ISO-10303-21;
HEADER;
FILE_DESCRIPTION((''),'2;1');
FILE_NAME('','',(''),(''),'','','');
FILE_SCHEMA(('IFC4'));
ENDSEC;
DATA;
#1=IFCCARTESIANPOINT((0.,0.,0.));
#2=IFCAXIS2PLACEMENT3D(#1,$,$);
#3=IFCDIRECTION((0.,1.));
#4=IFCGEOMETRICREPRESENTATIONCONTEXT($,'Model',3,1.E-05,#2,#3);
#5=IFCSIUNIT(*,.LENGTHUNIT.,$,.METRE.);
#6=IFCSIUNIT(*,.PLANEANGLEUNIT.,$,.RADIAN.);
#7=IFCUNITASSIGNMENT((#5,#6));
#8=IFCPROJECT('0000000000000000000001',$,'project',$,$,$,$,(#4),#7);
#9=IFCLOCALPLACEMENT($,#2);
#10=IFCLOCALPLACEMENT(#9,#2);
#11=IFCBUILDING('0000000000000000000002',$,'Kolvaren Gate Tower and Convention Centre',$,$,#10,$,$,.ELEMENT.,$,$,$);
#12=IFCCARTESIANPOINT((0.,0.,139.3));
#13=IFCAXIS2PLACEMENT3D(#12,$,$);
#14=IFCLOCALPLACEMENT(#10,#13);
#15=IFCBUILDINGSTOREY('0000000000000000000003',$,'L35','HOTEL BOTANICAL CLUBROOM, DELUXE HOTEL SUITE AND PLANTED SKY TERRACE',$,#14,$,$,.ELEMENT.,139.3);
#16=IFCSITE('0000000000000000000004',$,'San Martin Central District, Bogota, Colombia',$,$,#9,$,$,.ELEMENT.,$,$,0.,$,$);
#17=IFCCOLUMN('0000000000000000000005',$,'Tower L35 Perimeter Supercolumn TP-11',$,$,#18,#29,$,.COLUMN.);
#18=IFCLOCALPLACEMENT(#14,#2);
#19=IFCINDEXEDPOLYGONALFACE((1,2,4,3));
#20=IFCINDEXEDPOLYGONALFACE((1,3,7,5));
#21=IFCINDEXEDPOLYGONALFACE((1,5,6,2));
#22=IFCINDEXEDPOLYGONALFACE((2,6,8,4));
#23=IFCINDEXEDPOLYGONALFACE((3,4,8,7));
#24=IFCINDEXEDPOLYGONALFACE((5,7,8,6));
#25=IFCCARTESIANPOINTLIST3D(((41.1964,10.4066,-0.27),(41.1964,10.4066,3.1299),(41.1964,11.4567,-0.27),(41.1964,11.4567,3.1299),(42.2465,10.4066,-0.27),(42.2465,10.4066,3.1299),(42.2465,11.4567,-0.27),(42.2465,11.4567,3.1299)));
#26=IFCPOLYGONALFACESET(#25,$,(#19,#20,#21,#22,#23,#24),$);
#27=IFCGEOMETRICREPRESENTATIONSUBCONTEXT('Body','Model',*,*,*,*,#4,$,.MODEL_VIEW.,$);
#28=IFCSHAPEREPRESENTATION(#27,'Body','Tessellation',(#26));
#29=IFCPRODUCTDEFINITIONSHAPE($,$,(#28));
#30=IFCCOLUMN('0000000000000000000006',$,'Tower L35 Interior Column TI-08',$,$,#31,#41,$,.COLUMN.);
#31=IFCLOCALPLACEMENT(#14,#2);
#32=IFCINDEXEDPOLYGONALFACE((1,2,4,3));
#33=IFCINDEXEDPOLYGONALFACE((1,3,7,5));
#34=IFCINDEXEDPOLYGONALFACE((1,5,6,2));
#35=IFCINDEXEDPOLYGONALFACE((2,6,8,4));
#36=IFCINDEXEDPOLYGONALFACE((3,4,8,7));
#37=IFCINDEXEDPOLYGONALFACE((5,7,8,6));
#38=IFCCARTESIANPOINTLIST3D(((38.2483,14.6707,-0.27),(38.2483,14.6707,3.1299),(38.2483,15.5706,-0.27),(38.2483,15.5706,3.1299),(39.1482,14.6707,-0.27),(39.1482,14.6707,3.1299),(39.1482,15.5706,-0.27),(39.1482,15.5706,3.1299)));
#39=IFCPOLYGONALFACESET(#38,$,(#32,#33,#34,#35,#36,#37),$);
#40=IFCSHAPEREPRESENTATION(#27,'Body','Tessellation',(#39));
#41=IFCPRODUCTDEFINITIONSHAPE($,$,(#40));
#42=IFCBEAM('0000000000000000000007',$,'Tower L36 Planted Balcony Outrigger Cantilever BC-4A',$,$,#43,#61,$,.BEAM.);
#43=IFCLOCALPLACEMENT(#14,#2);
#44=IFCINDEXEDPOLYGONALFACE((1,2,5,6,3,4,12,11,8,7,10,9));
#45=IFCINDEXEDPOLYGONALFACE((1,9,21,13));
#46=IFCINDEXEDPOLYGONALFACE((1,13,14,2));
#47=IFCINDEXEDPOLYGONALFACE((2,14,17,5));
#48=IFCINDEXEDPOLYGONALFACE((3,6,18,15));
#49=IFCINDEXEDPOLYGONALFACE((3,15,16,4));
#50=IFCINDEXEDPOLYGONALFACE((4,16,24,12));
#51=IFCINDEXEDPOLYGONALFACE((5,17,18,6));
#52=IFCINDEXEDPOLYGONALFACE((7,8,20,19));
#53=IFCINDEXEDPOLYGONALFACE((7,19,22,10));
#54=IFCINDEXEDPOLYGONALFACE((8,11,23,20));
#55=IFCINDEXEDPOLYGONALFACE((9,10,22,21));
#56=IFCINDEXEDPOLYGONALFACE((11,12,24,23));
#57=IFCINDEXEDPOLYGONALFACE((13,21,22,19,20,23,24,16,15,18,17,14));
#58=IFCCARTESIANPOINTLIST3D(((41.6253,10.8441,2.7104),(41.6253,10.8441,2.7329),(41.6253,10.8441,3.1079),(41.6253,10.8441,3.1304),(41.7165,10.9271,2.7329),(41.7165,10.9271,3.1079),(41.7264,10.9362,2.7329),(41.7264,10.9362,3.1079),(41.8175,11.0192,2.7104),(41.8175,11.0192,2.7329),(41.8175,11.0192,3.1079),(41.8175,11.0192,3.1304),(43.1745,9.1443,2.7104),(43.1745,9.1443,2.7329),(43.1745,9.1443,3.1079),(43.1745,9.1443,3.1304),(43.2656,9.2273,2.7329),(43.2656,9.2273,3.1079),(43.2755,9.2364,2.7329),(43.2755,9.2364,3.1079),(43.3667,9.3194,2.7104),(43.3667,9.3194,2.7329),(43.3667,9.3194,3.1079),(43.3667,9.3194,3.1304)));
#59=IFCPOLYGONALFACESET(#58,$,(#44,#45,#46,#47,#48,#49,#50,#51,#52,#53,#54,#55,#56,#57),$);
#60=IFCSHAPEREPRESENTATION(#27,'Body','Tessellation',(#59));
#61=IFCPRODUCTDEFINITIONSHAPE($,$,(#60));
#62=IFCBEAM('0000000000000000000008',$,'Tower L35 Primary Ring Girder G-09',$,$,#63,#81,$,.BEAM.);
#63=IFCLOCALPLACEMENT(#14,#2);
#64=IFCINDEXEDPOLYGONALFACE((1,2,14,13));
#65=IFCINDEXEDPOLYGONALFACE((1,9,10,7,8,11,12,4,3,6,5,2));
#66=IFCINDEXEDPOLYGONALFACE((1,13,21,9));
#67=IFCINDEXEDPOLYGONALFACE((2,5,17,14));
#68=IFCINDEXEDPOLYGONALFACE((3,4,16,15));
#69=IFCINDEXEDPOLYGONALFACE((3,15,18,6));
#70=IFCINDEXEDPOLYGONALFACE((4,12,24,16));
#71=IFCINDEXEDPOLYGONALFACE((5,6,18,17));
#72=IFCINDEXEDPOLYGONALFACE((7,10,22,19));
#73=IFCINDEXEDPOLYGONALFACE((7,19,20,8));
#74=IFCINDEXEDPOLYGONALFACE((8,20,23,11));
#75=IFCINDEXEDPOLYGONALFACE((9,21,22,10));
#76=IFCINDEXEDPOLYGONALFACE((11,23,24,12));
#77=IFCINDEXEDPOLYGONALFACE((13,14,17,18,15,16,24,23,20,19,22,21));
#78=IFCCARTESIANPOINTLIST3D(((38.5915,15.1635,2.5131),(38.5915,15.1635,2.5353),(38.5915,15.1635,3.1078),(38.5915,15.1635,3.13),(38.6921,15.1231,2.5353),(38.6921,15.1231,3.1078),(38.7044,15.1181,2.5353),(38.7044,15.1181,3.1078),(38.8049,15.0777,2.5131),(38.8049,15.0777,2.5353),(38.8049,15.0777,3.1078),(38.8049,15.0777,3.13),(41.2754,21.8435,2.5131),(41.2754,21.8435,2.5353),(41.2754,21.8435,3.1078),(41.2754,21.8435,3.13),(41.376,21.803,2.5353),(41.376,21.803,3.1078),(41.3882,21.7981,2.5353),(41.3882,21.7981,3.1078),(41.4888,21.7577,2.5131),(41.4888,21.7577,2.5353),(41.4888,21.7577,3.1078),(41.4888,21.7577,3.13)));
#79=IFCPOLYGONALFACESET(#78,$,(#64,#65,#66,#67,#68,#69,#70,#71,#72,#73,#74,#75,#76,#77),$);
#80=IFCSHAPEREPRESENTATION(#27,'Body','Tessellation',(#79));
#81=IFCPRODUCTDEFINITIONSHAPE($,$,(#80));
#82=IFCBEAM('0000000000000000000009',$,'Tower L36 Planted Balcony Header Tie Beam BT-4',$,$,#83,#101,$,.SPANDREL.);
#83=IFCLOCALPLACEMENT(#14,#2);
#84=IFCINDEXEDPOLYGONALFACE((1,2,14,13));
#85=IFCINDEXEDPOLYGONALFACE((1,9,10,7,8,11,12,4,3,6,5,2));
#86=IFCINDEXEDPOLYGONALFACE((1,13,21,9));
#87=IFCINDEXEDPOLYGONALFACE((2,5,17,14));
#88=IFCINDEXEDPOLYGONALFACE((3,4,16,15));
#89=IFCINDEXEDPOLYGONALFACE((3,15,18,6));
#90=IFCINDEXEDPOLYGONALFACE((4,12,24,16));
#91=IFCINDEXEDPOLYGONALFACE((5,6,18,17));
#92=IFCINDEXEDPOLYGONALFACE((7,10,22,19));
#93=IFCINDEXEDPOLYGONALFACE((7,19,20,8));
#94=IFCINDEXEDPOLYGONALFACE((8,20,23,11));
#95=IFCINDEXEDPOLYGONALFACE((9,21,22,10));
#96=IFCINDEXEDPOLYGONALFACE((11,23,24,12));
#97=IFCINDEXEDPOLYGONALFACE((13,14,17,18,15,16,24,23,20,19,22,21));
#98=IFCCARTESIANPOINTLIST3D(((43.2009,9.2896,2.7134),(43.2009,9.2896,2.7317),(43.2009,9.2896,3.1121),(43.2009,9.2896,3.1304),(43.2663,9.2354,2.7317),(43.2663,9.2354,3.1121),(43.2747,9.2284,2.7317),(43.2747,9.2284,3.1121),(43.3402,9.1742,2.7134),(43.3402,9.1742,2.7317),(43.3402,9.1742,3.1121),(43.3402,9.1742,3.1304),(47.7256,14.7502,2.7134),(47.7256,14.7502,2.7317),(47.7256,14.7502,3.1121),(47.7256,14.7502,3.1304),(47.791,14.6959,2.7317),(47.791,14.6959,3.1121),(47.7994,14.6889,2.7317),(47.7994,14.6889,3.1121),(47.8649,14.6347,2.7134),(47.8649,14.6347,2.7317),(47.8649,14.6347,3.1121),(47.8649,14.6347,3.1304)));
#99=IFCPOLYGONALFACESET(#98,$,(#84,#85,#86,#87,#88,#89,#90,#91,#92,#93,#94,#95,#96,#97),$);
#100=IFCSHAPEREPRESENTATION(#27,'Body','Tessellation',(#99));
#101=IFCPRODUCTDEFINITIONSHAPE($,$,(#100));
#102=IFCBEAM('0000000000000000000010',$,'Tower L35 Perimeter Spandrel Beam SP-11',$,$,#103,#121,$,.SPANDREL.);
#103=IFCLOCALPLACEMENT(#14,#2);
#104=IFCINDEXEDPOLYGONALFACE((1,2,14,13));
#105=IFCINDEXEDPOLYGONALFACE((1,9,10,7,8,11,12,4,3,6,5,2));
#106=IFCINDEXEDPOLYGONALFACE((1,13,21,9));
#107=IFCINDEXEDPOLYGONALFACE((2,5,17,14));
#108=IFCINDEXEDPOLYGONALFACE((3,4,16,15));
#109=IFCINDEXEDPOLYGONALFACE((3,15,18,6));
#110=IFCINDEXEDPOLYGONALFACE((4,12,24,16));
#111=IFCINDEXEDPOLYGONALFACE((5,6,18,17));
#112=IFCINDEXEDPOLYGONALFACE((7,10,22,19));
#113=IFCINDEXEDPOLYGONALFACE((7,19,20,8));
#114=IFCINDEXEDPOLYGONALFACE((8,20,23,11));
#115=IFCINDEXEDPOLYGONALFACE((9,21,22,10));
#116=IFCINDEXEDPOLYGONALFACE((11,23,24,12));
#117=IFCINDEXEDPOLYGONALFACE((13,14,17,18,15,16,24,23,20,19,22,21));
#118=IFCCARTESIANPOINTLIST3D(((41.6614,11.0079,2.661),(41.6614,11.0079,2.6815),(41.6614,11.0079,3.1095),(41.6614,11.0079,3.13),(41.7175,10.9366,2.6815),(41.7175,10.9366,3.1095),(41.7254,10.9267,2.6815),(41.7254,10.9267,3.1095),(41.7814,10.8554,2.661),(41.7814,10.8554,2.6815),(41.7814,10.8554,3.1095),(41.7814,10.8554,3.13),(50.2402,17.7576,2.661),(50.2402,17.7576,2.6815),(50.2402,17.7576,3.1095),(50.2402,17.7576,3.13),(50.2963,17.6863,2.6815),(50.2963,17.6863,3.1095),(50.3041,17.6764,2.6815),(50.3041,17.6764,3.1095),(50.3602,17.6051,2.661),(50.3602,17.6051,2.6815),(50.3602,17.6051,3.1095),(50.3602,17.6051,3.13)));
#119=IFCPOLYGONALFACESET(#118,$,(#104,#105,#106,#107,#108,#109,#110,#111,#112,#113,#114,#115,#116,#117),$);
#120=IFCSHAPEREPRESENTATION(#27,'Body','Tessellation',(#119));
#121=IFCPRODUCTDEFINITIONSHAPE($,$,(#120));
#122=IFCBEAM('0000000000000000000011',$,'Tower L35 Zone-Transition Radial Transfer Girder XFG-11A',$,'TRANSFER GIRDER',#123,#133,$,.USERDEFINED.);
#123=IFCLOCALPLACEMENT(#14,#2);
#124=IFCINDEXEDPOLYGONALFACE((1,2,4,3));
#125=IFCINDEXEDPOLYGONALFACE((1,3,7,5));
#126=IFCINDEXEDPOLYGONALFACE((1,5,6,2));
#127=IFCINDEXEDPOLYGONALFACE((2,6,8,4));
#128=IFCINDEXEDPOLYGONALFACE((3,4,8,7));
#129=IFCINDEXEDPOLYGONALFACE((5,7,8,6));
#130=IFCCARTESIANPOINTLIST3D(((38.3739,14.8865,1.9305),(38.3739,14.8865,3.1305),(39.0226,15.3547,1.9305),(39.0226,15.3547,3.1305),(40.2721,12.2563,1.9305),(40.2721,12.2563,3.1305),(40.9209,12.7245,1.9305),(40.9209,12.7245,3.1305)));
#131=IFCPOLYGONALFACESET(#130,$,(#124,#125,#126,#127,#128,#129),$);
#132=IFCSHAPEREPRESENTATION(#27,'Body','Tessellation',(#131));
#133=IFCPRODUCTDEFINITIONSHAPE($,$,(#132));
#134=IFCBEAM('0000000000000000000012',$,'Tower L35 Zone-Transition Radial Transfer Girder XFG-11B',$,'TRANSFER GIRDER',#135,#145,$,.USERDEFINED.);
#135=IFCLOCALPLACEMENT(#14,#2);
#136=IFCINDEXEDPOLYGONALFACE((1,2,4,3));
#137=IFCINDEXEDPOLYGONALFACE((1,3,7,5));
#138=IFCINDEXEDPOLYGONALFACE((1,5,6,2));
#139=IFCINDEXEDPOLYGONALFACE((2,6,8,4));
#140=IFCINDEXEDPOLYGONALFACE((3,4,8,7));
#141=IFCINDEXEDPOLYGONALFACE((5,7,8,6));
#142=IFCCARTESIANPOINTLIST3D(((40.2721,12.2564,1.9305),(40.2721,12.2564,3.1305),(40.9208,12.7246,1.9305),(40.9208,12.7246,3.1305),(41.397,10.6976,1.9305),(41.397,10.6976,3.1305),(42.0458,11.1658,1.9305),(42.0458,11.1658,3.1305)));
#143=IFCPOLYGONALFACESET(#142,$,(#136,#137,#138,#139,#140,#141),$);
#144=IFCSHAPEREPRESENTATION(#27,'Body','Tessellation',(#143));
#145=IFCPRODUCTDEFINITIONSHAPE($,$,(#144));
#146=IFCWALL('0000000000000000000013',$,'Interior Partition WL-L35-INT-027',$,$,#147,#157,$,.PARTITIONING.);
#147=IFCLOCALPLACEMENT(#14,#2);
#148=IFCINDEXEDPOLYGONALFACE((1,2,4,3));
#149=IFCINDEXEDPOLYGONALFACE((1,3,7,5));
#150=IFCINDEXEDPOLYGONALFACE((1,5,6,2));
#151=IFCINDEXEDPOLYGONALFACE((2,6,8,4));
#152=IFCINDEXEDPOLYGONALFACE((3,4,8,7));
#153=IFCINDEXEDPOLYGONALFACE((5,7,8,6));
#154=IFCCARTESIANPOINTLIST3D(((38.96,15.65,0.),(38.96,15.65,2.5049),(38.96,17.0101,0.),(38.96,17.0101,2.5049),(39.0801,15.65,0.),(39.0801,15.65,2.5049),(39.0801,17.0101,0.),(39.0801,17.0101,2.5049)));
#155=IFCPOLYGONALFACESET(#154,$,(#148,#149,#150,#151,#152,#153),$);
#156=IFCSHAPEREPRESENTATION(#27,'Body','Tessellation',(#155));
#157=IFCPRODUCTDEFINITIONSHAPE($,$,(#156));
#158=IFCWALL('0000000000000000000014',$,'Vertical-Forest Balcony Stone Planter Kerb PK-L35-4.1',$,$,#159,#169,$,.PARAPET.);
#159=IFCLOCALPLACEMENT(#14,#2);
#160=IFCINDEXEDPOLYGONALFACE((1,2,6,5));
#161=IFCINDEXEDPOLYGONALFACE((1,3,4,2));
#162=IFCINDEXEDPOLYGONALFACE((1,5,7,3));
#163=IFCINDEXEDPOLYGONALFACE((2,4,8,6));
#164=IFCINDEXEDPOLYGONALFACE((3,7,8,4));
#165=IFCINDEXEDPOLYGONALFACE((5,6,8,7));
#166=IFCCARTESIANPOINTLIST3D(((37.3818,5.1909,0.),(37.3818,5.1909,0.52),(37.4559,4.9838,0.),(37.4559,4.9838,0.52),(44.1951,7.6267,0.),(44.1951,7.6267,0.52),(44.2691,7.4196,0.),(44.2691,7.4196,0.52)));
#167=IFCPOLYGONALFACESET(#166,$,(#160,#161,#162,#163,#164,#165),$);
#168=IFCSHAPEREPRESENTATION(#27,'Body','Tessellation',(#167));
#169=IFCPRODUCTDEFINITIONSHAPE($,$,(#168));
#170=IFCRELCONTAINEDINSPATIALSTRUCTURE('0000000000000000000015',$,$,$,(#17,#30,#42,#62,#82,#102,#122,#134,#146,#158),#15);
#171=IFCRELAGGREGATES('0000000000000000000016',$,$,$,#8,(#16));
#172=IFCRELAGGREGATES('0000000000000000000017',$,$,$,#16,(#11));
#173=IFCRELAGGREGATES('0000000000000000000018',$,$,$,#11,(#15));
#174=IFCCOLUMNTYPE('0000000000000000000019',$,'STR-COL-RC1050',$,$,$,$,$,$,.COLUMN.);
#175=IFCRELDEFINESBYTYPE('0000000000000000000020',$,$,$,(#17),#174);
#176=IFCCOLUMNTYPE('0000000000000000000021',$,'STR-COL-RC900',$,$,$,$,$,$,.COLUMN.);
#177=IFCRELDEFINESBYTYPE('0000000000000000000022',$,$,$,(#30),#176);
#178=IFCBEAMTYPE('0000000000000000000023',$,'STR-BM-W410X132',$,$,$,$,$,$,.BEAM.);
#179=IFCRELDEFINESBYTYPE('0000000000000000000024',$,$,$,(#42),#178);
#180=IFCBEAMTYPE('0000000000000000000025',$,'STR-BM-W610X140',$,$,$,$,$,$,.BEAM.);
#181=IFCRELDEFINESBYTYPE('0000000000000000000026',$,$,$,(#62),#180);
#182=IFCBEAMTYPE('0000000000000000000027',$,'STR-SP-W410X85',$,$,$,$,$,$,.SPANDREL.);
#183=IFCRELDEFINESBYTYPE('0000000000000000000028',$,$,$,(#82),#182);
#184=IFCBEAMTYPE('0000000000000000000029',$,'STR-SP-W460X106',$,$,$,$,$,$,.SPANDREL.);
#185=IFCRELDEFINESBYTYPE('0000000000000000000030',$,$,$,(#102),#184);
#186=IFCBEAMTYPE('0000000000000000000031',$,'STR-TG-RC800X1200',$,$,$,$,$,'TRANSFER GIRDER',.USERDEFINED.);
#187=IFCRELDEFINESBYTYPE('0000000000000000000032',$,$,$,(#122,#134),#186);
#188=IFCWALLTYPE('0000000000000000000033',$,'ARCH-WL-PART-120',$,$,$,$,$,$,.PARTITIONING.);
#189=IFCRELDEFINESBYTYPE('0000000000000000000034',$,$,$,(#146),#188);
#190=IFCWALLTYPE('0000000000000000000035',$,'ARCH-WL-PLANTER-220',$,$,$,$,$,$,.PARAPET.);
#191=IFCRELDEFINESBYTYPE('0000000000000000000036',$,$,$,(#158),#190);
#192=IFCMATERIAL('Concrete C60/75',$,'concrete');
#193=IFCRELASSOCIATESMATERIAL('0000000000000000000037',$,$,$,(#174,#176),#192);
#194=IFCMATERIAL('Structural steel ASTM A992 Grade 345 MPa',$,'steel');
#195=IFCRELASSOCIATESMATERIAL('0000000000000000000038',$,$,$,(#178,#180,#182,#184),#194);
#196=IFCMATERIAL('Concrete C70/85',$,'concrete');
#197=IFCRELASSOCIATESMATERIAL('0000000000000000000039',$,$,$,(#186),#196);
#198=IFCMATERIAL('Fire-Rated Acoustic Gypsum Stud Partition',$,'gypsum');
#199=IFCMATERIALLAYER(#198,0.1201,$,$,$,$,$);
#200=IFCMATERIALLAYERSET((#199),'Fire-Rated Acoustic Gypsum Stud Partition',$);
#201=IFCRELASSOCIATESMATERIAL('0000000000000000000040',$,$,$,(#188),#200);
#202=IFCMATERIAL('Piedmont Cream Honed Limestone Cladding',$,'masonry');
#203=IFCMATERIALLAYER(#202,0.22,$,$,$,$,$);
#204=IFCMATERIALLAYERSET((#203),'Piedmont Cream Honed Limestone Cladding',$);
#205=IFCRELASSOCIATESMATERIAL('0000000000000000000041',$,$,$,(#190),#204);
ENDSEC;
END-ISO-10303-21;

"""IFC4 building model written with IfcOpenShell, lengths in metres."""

from ifc_helpers import new_model, si_unit, direction, frame, frame_2d, origin, origin_2d, place, context, subcontext, project, spatial, rectangle, i_section, extrude, material, layer, layer_set, material_profile, profile_set, type_object, element, save


model = new_model("IFC4")

# Units and contexts
model_context = context("Model", 3, precision=1e-05, world=origin(), true_north=direction((0.0, 1.0)))
body_context = subcontext(model_context, "Body", "Model", "MODEL_VIEW")
ifc_project = project(units=[si_unit("LENGTHUNIT", "METRE"), si_unit("PLANEANGLEUNIT", "RADIAN")], contexts=[model_context])

# Site, building, storey
site_placement = place(None, origin())
site = spatial("IfcSite", under=ifc_project, at=site_placement, Name="San Martin Central District, Bogota, Colombia", CompositionType="ELEMENT", RefElevation=0.0)
building_placement = place(site_placement, origin())
building = spatial("IfcBuilding", under=site, at=building_placement, Name="Kolvaren Gate Tower and Convention Centre", CompositionType="ELEMENT")
storey_placement = place(building_placement, frame((0.0, 0.0, 139.3)))
storey = spatial("IfcBuildingStorey", under=building, at=storey_placement, Name="L35", Description="HOTEL BOTANICAL CLUBROOM, DELUXE HOTEL SUITE AND PLANTED SKY TERRACE", CompositionType="ELEMENT", Elevation=139.3)

# Columns
ifc_material_1 = material(Name="Concrete C60/75", Category="concrete")
ifc_material_profile_1 = material_profile(ifc_material_1, rectangle(XDim=1.05, YDim=1.05, at=origin_2d()), Name="RC-COL-1050X1050")
ifc_profile_set_1 = profile_set([ifc_material_profile_1], Name="Concrete C60/75")
column_type_1 = type_object("IfcColumnType", Name="STR-COL-RC1050", PredefinedType="COLUMN", material=ifc_profile_set_1)
column_1_placement = place(storey_placement, frame((41.7214, 10.9316, -0.27), z_axis=(0.0, 0.0, 1.0), x_axis=(1.0, 0.0, 0.0)))
element("IfcColumn", 1, at=column_1_placement, inside=storey, type_object=column_type_1, Name="Tower L35 Perimeter Supercolumn TP-11", PredefinedType="COLUMN", context=body_context, shape_type="SweptSolid", body=[
    extrude(rectangle(XDim=1.05, YDim=1.05, at=origin_2d()), origin(), (0.0, 0.0, 1.0), 3.3999),
])
ifc_material_profile_2 = material_profile(ifc_material_1, rectangle(XDim=0.8999, YDim=0.8999, at=origin_2d()), Name="RC-COL-900X900")
ifc_profile_set_2 = profile_set([ifc_material_profile_2], Name="Concrete C60/75")
column_type_2 = type_object("IfcColumnType", Name="STR-COL-RC900", PredefinedType="COLUMN", material=ifc_profile_set_2)
column_2_placement = place(storey_placement, frame((38.6982, 15.1206, -0.27), z_axis=(0.0, 0.0, 1.0), x_axis=(1.0, 0.0, 0.0)))
element("IfcColumn", 2, at=column_2_placement, inside=storey, type_object=column_type_2, Name="Tower L35 Interior Column TI-08", PredefinedType="COLUMN", context=body_context, shape_type="SweptSolid", body=[
    extrude(rectangle(XDim=0.8999, YDim=0.8999, at=origin_2d()), origin(), (0.0, 0.0, 1.0), 3.3999),
])

# Beams
ifc_material_2 = material(Name="Structural steel ASTM A992 Grade 345 MPa", Category="steel")
ifc_material_profile_3 = material_profile(ifc_material_2, i_section(OverallWidth=0.26, OverallDepth=0.4199, WebThickness=0.0134, FlangeThickness=0.0225, at=origin_2d()), Name="W410X132")
ifc_profile_set_3 = profile_set([ifc_material_profile_3], Name="Structural steel ASTM A992 Grade 345 MPa")
beam_type_1 = type_object("IfcBeamType", Name="STR-BM-W410X132", PredefinedType="BEAM", material=ifc_profile_set_3)
beam_1_placement = place(storey_placement, frame((41.7214, 10.9316, 2.9204), z_axis=(0.673597, -0.739099, 0.0), x_axis=(0.739099, 0.673597, 0.0)))
element("IfcBeam", 3, at=beam_1_placement, inside=storey, type_object=beam_type_1, Name="Tower L36 Planted Balcony Outrigger Cantilever BC-4A", PredefinedType="BEAM", context=body_context, shape_type="SweptSolid", body=[
    extrude(i_section(OverallWidth=0.26, OverallDepth=0.4199, WebThickness=0.0134, FlangeThickness=0.0225, at=origin_2d()), origin(), (0.0, 0.0, 1.0), 2.2998),
])
ifc_material_profile_4 = material_profile(ifc_material_2, i_section(OverallWidth=0.23, OverallDepth=0.6169, WebThickness=0.0132, FlangeThickness=0.0222, at=origin_2d()), Name="W610X140")
ifc_profile_set_4 = profile_set([ifc_material_profile_4], Name="Structural steel ASTM A992 Grade 345 MPa")
beam_type_2 = type_object("IfcBeamType", Name="STR-BM-W610X140", PredefinedType="BEAM", material=ifc_profile_set_4)
beam_2_placement = place(storey_placement, frame((38.6982, 15.1206, 2.8215), z_axis=(0.372811, 0.927907, 0.0), x_axis=(-0.927907, 0.372811, 0.0)))
element("IfcBeam", 4, at=beam_2_placement, inside=storey, type_object=beam_type_2, Name="Tower L35 Primary Ring Girder G-09", PredefinedType="BEAM", context=body_context, shape_type="SweptSolid", body=[
    extrude(i_section(OverallWidth=0.23, OverallDepth=0.6169, WebThickness=0.0132, FlangeThickness=0.0222, at=origin_2d()), origin(), (0.0, 0.0, 1.0), 7.199),
])
ifc_material_profile_5 = material_profile(ifc_material_2, i_section(OverallWidth=0.1809, OverallDepth=0.417, WebThickness=0.011, FlangeThickness=0.0183, at=origin_2d()), Name="W410X85")
ifc_profile_set_5 = profile_set([ifc_material_profile_5], Name="Structural steel ASTM A992 Grade 345 MPa")
beam_type_3 = type_object("IfcBeamType", Name="STR-SP-W410X85", PredefinedType="SPANDREL", material=ifc_profile_set_5)
beam_3_placement = place(storey_placement, frame((43.2705, 9.2319, 2.9219), z_axis=(0.638042, 0.770002, 0.0), x_axis=(-0.770002, 0.638042, 0.0)))
element("IfcBeam", 5, at=beam_3_placement, inside=storey, type_object=beam_type_3, Name="Tower L36 Planted Balcony Header Tie Beam BT-4", PredefinedType="SPANDREL", context=body_context, shape_type="SweptSolid", body=[
    extrude(i_section(OverallWidth=0.1809, OverallDepth=0.417, WebThickness=0.011, FlangeThickness=0.0183, at=origin_2d()), origin(), (0.0, 0.0, 1.0), 7.0916),
])
ifc_material_profile_6 = material_profile(ifc_material_2, i_section(OverallWidth=0.1941, OverallDepth=0.469, WebThickness=0.0127, FlangeThickness=0.0205, at=origin_2d()), Name="W460X106")
ifc_profile_set_6 = profile_set([ifc_material_profile_6], Name="Structural steel ASTM A992 Grade 345 MPa")
beam_type_4 = type_object("IfcBeamType", Name="STR-SP-W460X106", PredefinedType="SPANDREL", material=ifc_profile_set_6)
beam_4_placement = place(storey_placement, frame((41.7214, 10.9316, 2.8955), z_axis=(0.785908, 0.618344, 0.0), x_axis=(-0.618344, 0.785908, 0.0)))
element("IfcBeam", 6, at=beam_4_placement, inside=storey, type_object=beam_type_4, Name="Tower L35 Perimeter Spandrel Beam SP-11", PredefinedType="SPANDREL", context=body_context, shape_type="SweptSolid", body=[
    extrude(i_section(OverallWidth=0.1941, OverallDepth=0.469, WebThickness=0.0127, FlangeThickness=0.0205, at=origin_2d()), origin(), (0.0, 0.0, 1.0), 10.9158),
])
ifc_material_3 = material(Name="Concrete C70/85", Category="concrete")
ifc_material_profile_7 = material_profile(ifc_material_3, rectangle(XDim=0.8, YDim=1.2, at=origin_2d()), Name="RC-BM-800X1200")
ifc_profile_set_7 = profile_set([ifc_material_profile_7], Name="Concrete C70/85")
beam_type_5 = type_object("IfcBeamType", Name="STR-TG-RC800X1200", ElementType="TRANSFER GIRDER", PredefinedType="USERDEFINED", material=ifc_profile_set_7)
beam_5_placement = place(storey_placement, frame((38.6982, 15.1206, 2.5305), z_axis=(0.585218, -0.810876, 0.0), x_axis=(0.810876, 0.585218, 0.0)))
element("IfcBeam", 7, at=beam_5_placement, inside=storey, type_object=beam_type_5, Name="Tower L35 Zone-Transition Radial Transfer Girder XFG-11A", ObjectType="TRANSFER GIRDER", PredefinedType="USERDEFINED", context=body_context, shape_type="SweptSolid", body=[
    extrude(rectangle(XDim=0.8, YDim=1.2, at=origin_2d()), origin(), (0.0, 0.0, 1.0), 3.2437),
])
beam_6_placement = place(storey_placement, frame((40.5964, 12.4905, 2.5305), z_axis=(0.585208, -0.810883, 0.0), x_axis=(0.810883, 0.585208, 0.0)))
element("IfcBeam", 8, at=beam_6_placement, inside=storey, type_object=beam_type_5, Name="Tower L35 Zone-Transition Radial Transfer Girder XFG-11B", ObjectType="TRANSFER GIRDER", PredefinedType="USERDEFINED", context=body_context, shape_type="SweptSolid", body=[
    extrude(rectangle(XDim=0.8, YDim=1.2, at=origin_2d()), origin(), (0.0, 0.0, 1.0), 1.9224),
])

# Walls
ifc_material_4 = material(Name="Fire-Rated Acoustic Gypsum Stud Partition", Category="gypsum")
ifc_layer_1 = layer(ifc_material_4, 0.1201)
ifc_layer_set_1 = layer_set([ifc_layer_1], Name="Fire-Rated Acoustic Gypsum Stud Partition")
wall_type_1 = type_object("IfcWallType", Name="ARCH-WL-PART-120", PredefinedType="PARTITIONING", material=ifc_layer_set_1)
wall_1_placement = place(storey_placement, frame((39.02, 15.6499, 0.0), z_axis=(0.0, 0.0, 1.0), x_axis=(0.0, 1.0, 0.0)))
element("IfcWall", 9, at=wall_1_placement, inside=storey, type_object=wall_type_1, Name="Interior Partition WL-L35-INT-027", PredefinedType="PARTITIONING", context=body_context, shape_type="SweptSolid", body=[
    extrude(rectangle(XDim=1.3601, YDim=0.1201, at=frame_2d((0.6802, 0.0))), origin(), (0.0, 0.0, 1.0), 2.5049),
])
ifc_material_5 = material(Name="Piedmont Cream Honed Limestone Cladding", Category="masonry")
ifc_layer_2 = layer(ifc_material_5, 0.22)
ifc_layer_set_2 = layer_set([ifc_layer_2], Name="Piedmont Cream Honed Limestone Cladding")
wall_type_2 = type_object("IfcWallType", Name="ARCH-WL-PLANTER-220", PredefinedType="PARAPET", material=ifc_layer_set_2)
wall_2_placement = place(storey_placement, frame((37.4189, 5.0874, 0.0), z_axis=(0.0, 0.0, 1.0), x_axis=(0.941633, 0.336642, 0.0)))
element("IfcWall", 10, at=wall_2_placement, inside=storey, type_object=wall_type_2, Name="Vertical-Forest Balcony Stone Planter Kerb PK-L35-4.1", PredefinedType="PARAPET", context=body_context, shape_type="SweptSolid", body=[
    extrude(rectangle(XDim=7.2356, YDim=0.22, at=frame_2d((3.6177, 0.0))), origin(), (0.0, 0.0, 1.0), 0.52),
])

save(model, "model.ifc")
